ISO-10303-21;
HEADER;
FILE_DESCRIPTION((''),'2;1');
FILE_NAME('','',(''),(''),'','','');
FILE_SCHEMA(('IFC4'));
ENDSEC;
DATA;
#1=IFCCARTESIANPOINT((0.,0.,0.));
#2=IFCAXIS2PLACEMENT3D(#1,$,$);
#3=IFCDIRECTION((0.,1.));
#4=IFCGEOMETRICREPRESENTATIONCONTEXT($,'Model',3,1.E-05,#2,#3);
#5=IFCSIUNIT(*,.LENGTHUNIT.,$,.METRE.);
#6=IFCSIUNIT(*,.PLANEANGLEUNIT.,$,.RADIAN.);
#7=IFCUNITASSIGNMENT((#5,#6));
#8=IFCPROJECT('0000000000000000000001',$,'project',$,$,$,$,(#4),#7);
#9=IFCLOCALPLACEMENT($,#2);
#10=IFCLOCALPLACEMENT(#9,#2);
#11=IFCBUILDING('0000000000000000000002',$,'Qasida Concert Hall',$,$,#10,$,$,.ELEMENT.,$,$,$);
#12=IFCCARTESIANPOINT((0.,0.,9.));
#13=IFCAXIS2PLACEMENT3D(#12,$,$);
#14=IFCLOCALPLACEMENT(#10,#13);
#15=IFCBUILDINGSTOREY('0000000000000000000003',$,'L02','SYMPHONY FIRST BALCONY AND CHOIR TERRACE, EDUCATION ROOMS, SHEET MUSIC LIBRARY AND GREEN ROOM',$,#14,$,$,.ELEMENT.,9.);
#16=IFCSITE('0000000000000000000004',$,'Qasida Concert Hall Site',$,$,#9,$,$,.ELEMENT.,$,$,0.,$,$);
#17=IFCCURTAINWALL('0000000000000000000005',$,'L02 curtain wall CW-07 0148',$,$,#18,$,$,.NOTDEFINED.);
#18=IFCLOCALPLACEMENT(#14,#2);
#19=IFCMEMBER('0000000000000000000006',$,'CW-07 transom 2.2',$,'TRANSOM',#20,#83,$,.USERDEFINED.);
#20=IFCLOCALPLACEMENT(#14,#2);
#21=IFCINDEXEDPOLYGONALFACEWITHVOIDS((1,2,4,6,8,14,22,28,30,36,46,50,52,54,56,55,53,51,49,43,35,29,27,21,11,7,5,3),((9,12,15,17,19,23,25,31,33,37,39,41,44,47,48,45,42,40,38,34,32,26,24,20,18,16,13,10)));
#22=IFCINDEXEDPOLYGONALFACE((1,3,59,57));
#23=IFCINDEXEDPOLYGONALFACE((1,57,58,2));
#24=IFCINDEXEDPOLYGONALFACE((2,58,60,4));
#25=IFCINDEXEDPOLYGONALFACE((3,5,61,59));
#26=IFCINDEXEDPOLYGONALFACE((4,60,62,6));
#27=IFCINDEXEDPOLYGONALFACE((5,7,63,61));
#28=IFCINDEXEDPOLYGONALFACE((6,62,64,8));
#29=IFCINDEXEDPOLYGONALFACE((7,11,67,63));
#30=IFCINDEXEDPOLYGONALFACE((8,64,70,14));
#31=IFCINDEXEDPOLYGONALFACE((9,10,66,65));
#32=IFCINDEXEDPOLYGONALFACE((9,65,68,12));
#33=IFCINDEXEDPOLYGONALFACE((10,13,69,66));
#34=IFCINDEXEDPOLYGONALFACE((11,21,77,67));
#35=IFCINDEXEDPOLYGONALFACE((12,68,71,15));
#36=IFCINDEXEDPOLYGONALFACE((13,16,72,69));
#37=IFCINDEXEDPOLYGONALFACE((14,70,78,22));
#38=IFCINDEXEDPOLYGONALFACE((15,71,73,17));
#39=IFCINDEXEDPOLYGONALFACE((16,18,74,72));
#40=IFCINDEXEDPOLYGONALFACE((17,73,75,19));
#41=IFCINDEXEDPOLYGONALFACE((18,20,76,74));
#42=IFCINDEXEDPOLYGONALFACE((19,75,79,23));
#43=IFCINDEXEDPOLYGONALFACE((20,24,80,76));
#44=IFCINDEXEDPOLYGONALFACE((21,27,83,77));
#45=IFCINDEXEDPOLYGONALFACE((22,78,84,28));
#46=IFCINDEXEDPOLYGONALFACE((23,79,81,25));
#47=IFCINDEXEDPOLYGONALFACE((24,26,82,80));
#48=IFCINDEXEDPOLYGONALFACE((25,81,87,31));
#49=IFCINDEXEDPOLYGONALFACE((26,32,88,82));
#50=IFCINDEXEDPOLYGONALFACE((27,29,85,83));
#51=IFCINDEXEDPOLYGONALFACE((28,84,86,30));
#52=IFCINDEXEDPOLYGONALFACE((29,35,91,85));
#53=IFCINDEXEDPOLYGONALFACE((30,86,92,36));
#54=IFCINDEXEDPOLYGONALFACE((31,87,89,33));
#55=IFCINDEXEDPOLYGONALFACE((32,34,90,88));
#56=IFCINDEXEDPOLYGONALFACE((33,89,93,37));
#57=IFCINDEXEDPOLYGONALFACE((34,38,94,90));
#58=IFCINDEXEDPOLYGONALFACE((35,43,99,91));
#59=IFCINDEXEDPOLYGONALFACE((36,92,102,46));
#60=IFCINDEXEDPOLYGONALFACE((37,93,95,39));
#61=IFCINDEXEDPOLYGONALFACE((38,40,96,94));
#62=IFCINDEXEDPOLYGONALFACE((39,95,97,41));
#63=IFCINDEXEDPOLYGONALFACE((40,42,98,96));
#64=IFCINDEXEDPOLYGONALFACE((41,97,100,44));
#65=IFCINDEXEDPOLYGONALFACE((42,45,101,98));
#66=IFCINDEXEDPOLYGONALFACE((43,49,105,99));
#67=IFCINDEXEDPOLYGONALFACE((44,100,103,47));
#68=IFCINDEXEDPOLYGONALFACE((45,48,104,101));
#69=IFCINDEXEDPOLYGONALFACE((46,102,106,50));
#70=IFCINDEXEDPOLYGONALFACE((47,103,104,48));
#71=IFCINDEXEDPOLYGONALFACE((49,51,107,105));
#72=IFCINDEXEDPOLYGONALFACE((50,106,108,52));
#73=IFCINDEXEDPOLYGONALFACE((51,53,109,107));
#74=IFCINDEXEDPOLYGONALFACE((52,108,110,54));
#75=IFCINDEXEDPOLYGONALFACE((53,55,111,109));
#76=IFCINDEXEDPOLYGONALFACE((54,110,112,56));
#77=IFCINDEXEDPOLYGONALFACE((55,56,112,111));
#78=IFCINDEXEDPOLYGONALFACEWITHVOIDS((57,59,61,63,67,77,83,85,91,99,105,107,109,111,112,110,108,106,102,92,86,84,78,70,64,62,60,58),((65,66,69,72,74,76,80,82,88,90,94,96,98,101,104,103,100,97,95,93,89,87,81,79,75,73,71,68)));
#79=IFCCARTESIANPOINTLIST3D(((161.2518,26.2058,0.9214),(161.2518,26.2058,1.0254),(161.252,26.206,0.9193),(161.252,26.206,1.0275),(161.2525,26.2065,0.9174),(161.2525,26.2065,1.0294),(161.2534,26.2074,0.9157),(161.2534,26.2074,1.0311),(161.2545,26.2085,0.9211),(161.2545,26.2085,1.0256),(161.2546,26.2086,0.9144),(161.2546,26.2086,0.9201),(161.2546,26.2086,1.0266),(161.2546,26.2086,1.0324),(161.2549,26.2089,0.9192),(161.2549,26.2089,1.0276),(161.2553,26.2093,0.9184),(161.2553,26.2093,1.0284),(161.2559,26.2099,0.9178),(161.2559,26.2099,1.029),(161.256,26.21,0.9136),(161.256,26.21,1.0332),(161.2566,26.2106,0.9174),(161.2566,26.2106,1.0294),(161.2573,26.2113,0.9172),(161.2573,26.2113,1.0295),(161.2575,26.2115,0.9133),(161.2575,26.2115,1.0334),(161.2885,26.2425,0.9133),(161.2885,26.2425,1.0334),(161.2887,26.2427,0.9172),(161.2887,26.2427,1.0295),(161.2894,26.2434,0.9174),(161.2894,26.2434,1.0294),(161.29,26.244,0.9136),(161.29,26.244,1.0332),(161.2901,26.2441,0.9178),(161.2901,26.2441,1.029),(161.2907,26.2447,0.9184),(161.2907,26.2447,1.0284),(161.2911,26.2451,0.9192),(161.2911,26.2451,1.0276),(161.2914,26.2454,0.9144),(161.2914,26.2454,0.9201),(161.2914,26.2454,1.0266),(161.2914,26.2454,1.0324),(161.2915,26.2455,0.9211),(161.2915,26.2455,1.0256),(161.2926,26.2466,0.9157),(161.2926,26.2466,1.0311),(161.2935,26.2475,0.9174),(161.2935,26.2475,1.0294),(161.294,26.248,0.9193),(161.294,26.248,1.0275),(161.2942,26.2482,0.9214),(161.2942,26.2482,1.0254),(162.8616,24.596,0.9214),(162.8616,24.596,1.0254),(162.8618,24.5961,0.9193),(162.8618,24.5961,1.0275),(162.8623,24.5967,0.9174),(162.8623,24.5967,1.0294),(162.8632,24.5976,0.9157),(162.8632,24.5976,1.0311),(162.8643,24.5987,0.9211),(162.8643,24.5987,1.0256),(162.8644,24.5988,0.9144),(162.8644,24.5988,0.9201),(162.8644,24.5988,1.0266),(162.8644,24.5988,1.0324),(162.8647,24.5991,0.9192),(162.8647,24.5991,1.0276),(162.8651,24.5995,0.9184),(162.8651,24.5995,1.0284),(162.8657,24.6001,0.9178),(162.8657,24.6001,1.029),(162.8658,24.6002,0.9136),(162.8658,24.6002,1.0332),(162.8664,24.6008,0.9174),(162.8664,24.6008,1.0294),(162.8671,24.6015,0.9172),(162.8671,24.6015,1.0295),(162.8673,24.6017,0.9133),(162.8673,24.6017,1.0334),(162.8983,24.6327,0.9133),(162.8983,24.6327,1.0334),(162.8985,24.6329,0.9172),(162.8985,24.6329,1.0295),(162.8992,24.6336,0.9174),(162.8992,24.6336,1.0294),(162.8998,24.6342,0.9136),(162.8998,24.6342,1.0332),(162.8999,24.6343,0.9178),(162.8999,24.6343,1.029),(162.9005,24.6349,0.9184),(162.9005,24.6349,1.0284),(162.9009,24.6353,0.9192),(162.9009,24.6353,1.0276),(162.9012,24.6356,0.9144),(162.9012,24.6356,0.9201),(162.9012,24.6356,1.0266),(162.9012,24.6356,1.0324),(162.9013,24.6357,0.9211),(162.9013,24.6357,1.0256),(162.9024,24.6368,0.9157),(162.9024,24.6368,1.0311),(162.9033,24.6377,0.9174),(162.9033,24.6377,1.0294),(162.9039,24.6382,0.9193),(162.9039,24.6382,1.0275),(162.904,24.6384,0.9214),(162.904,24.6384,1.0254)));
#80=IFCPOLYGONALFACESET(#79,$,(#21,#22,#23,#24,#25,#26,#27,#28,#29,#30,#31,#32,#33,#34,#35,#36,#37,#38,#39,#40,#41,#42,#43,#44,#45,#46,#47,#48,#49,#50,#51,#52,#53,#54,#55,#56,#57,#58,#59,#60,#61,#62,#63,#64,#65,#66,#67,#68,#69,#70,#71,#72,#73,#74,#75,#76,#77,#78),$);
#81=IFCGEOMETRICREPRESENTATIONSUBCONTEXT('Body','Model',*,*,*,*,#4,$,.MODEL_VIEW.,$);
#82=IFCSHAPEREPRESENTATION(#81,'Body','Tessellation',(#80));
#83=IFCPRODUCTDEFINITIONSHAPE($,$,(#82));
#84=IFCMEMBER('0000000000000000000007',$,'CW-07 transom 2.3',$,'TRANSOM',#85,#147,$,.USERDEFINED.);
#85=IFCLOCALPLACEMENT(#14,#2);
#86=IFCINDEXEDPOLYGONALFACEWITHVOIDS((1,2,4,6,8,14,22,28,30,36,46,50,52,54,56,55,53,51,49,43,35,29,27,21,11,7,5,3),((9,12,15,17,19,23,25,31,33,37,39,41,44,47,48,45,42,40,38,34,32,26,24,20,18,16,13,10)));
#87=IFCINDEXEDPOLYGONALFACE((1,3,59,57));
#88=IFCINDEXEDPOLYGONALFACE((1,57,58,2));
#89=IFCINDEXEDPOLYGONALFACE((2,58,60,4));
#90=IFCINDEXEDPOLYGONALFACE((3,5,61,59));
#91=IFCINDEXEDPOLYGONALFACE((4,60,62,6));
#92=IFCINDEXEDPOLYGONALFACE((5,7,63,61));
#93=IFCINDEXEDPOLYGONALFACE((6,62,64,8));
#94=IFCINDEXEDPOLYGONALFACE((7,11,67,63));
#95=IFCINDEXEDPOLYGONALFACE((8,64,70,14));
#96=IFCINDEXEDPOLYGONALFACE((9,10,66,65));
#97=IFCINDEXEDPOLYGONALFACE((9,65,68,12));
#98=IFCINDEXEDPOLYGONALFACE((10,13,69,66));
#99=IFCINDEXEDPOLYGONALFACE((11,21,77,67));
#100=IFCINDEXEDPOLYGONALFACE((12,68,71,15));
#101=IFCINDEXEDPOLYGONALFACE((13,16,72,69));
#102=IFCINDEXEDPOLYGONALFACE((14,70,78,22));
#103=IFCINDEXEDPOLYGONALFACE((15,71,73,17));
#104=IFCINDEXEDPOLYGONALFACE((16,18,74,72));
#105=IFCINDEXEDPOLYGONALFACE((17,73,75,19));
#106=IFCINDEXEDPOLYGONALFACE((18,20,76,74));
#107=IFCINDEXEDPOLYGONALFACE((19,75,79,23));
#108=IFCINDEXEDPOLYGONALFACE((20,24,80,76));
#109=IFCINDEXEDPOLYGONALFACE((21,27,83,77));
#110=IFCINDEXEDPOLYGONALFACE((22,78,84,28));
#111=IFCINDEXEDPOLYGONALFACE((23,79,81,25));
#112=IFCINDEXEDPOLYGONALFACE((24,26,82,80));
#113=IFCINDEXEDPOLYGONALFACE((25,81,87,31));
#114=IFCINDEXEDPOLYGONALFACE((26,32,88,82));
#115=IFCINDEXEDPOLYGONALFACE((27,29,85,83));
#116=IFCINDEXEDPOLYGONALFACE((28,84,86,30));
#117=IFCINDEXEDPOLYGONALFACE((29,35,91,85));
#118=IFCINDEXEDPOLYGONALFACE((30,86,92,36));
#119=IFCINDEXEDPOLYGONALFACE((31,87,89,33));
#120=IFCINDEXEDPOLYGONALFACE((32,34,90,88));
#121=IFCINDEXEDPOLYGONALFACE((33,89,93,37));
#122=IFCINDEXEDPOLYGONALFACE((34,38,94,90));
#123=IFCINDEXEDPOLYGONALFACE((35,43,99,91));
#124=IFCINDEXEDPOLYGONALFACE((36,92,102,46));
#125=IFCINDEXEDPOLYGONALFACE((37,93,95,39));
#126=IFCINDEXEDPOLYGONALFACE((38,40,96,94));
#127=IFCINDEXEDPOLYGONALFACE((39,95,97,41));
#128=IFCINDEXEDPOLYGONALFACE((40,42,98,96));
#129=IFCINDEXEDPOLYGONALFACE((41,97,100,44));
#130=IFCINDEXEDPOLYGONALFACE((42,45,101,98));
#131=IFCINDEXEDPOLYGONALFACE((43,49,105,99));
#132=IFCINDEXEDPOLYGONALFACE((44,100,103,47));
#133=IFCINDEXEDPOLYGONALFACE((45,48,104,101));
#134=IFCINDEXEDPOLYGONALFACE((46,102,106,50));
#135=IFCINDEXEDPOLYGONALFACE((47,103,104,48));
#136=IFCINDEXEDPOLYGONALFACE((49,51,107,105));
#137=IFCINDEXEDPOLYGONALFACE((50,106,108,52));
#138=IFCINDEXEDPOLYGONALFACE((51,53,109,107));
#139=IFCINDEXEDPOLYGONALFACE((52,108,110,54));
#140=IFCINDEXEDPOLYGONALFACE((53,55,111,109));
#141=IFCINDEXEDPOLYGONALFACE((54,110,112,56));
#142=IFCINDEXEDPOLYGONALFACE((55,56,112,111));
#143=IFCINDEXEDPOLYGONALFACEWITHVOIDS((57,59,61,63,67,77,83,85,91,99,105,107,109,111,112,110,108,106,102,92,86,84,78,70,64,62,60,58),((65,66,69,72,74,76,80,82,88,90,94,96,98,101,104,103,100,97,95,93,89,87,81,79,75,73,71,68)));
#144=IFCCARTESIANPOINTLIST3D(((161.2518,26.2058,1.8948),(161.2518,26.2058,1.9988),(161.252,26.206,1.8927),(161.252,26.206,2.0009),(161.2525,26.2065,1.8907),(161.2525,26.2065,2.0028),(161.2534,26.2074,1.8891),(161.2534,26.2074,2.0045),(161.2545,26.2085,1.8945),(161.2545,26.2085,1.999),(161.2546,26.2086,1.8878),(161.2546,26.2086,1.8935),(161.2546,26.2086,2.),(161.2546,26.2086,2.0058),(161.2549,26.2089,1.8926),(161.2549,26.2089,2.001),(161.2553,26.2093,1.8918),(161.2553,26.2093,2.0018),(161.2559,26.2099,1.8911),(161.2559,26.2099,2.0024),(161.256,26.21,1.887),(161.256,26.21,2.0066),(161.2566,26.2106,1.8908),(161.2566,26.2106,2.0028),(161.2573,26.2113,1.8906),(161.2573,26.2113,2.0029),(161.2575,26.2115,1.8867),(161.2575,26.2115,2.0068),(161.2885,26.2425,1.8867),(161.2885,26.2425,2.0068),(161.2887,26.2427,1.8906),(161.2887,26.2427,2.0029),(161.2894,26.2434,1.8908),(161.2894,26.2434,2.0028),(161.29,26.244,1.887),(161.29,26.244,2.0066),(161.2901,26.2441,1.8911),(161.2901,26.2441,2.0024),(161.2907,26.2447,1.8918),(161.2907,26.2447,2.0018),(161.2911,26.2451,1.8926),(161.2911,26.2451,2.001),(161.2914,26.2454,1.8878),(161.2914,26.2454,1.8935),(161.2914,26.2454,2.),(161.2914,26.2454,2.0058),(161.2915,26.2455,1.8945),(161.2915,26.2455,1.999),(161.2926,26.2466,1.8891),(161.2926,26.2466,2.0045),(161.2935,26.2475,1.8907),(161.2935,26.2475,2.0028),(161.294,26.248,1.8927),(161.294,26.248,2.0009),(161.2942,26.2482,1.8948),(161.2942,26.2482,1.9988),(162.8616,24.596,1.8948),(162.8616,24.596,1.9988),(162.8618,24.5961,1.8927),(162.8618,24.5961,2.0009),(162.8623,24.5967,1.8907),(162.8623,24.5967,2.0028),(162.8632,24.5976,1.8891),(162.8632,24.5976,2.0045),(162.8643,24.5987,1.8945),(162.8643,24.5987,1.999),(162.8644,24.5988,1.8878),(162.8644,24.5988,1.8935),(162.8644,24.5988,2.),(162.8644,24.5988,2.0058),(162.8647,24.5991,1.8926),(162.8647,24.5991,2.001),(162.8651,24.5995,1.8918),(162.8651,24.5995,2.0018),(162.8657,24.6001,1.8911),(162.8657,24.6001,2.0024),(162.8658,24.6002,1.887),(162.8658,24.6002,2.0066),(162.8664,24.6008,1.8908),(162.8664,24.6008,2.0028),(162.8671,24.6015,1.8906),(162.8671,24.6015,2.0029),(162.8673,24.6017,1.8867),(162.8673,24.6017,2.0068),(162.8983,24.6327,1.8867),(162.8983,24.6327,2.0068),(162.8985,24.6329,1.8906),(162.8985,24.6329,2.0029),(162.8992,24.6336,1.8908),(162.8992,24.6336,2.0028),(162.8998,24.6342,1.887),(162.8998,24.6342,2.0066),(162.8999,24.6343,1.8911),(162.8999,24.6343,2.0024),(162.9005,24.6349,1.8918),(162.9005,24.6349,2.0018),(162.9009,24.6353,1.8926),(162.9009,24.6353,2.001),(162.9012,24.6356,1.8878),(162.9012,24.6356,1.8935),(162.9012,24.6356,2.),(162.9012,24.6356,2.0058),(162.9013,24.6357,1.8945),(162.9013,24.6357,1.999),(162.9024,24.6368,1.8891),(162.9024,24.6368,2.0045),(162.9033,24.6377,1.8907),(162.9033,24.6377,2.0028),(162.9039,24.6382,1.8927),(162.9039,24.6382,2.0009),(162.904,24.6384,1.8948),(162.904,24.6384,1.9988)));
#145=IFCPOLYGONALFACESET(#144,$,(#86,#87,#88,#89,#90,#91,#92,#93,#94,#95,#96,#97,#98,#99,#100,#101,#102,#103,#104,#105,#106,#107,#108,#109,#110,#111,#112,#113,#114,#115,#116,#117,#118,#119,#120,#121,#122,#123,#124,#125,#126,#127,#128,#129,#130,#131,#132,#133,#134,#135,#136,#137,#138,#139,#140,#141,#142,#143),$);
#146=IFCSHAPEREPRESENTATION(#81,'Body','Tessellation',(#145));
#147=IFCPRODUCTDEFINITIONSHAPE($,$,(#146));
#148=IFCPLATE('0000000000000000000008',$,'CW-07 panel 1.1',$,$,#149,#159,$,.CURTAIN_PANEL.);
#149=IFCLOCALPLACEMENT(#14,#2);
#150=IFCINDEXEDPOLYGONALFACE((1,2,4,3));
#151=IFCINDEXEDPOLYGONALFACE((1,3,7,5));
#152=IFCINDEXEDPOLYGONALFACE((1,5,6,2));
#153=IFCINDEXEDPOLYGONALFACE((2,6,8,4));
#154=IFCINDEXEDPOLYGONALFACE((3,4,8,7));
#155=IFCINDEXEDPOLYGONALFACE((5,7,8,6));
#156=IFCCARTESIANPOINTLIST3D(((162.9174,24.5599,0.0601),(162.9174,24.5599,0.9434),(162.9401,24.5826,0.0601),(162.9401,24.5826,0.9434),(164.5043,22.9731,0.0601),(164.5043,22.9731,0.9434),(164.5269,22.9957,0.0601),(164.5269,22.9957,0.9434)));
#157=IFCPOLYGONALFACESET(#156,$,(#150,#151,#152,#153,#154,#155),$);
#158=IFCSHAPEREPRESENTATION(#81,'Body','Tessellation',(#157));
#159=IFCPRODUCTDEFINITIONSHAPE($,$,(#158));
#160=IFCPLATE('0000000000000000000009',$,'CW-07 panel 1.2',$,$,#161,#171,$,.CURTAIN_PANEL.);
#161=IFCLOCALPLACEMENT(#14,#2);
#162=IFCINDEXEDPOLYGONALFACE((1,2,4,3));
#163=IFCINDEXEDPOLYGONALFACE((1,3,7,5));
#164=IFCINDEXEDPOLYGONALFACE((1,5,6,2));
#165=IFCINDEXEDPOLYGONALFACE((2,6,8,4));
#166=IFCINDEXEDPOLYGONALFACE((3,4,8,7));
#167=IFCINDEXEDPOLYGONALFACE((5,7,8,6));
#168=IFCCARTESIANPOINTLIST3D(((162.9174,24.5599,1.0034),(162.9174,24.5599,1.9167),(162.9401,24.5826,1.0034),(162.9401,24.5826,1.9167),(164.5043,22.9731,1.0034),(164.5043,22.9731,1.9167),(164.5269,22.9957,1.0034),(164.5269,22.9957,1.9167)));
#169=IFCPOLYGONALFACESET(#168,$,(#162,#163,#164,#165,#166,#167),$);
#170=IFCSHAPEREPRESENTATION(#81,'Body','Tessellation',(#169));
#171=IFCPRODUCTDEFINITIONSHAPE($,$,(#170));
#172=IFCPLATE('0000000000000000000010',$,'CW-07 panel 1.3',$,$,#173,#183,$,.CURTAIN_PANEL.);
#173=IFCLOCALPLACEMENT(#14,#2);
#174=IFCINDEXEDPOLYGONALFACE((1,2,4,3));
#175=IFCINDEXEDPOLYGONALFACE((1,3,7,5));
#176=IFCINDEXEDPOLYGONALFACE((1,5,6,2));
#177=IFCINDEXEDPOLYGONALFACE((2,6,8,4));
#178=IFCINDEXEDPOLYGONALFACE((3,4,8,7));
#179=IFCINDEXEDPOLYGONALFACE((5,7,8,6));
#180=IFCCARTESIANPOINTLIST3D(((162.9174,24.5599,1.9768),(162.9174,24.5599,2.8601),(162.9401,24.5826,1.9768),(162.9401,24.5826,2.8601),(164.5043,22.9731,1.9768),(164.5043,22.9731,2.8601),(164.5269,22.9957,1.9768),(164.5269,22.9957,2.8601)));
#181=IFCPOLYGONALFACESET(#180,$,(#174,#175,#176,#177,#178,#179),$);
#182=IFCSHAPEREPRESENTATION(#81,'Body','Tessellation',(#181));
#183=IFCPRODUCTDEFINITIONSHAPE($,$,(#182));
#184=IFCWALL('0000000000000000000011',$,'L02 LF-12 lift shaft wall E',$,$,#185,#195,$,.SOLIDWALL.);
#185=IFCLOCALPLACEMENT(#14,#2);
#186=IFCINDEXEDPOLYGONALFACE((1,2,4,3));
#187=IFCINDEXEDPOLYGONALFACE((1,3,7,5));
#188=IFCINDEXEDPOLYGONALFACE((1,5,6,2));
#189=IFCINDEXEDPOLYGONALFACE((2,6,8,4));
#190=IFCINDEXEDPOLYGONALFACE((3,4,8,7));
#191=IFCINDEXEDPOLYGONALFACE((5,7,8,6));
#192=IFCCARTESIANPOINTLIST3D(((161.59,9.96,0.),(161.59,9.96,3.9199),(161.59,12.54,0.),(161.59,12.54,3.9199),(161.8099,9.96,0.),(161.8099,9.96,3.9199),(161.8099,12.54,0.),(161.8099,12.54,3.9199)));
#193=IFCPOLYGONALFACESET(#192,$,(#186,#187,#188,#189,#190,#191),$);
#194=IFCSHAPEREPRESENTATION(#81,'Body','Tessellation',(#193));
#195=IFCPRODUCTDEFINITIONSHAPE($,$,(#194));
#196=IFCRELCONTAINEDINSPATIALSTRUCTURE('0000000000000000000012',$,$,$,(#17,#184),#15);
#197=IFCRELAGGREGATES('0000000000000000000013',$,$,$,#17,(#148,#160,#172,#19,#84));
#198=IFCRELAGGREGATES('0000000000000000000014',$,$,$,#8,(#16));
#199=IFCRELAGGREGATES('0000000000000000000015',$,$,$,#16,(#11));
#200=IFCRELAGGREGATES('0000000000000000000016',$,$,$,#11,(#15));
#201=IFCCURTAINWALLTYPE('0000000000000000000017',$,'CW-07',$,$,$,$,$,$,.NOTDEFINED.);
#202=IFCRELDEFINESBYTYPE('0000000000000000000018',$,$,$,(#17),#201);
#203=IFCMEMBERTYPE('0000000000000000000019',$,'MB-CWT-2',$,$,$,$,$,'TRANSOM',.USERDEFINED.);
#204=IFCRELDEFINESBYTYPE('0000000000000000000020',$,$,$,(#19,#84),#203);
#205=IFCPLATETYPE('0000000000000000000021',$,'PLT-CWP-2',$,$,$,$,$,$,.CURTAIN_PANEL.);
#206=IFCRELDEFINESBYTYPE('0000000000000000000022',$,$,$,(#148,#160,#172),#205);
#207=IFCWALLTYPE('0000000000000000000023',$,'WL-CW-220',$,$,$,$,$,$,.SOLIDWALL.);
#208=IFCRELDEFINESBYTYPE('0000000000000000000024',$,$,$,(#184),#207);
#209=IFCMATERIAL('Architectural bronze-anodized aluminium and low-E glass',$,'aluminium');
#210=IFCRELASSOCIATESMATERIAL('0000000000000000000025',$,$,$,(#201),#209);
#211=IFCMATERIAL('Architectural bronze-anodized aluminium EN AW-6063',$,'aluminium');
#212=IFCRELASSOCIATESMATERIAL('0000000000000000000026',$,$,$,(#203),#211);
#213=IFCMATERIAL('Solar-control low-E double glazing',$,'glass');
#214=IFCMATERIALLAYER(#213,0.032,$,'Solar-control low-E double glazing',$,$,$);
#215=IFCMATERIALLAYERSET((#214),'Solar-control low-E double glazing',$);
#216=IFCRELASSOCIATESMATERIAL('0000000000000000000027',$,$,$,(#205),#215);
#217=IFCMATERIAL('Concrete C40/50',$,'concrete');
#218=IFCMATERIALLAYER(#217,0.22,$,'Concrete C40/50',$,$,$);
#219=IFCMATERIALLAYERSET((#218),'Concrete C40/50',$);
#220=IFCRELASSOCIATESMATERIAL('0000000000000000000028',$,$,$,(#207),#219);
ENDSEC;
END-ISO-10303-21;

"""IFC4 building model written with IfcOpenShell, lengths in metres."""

from ifc_helpers import new_model, si_unit, direction, frame, frame_2d, origin, origin_2d, place, context, subcontext, project, spatial, rectangle, hollow_rectangle, extrude, material, layer, layer_set, material_profile, profile_set, type_object, element, aggregate, save


model = new_model("IFC4")

# Units and contexts
model_context = context("Model", 3, precision=1e-05, world=origin(), true_north=direction((0.0, 1.0)))
body_context = subcontext(model_context, "Body", "Model", "MODEL_VIEW")
ifc_project = project(units=[si_unit("LENGTHUNIT", "METRE"), si_unit("PLANEANGLEUNIT", "RADIAN")], contexts=[model_context])

# Site, building, storey
site_placement = place(None, origin())
site = spatial("IfcSite", under=ifc_project, at=site_placement, Name="Qasida Concert Hall Site", CompositionType="ELEMENT", RefElevation=0.0)
building_placement = place(site_placement, origin())
building = spatial("IfcBuilding", under=site, at=building_placement, Name="Qasida Concert Hall", CompositionType="ELEMENT")
storey_placement = place(building_placement, frame((0.0, 0.0, 9.0)))
storey = spatial("IfcBuildingStorey", under=building, at=storey_placement, Name="L02", Description="SYMPHONY FIRST BALCONY AND CHOIR TERRACE, EDUCATION ROOMS, SHEET MUSIC LIBRARY AND GREEN ROOM", CompositionType="ELEMENT", Elevation=9.0)

# Shared definitions
ifc_material_1 = material(Name="Concrete C40/50", Category="concrete")

# Curtain wall, members, plates
ifc_material_2 = material(Name="Architectural bronze-anodized aluminium and low-E glass", Category="aluminium")
curtain_wall_type = type_object("IfcCurtainWallType", Name="CW-07", PredefinedType="NOTDEFINED", material=ifc_material_2)
curtain_wall_placement = place(storey_placement, origin())
curtain_wall = element("IfcCurtainWall", 1, at=curtain_wall_placement, inside=storey, type_object=curtain_wall_type, Name="L02 curtain wall CW-07 0148", PredefinedType="NOTDEFINED")
ifc_material_3 = material(Name="Architectural bronze-anodized aluminium EN AW-6063", Category="aluminium")
ifc_material_profile_1 = material_profile(ifc_material_3, hollow_rectangle(XDim=0.0601, YDim=0.1201, WallThickness=0.0039, InnerFilletRadius=0.0039, OuterFilletRadius=0.0081, at=origin_2d()), Name="CWT 120x60x4")
ifc_profile_set_1 = profile_set([ifc_material_profile_1], Name="Architectural bronze-anodized aluminium EN AW-6063")
member_type_1 = type_object("IfcMemberType", Name="MB-CWT-2", ElementType="TRANSOM", PredefinedType="USERDEFINED", material=ifc_profile_set_1)
member_1_placement = place(storey_placement, frame((162.8828, 24.6172, 0.9734), z_axis=(-0.707107, 0.707107, 0.0), x_axis=(-0.707107, -0.707107, 0.0)))
member_1 = element("IfcMember", 2, at=member_1_placement, type_object=member_type_1, Name="CW-07 transom 2.2", ObjectType="TRANSOM", PredefinedType="USERDEFINED", context=body_context, shape_type="SweptSolid", body=[
    extrude(hollow_rectangle(XDim=0.0601, YDim=0.1201, WallThickness=0.0039, InnerFilletRadius=0.0039, OuterFilletRadius=0.0081, at=origin_2d()), origin(), (0.0, 0.0, 1.0), 2.2766),
])
member_2_placement = place(storey_placement, frame((162.8828, 24.6172, 1.9468), z_axis=(-0.707107, 0.707107, 0.0), x_axis=(-0.707107, -0.707107, 0.0)))
member_2 = element("IfcMember", 3, at=member_2_placement, type_object=member_type_1, Name="CW-07 transom 2.3", ObjectType="TRANSOM", PredefinedType="USERDEFINED", context=body_context, shape_type="SweptSolid", body=[
    extrude(hollow_rectangle(XDim=0.0601, YDim=0.1201, WallThickness=0.0039, InnerFilletRadius=0.0039, OuterFilletRadius=0.0081, at=origin_2d()), origin(), (0.0, 0.0, 1.0), 2.2766),
])
ifc_material_4 = material(Name="Solar-control low-E double glazing", Category="glass")
ifc_layer_1 = layer(ifc_material_4, 0.032, Name="Solar-control low-E double glazing")
ifc_layer_set_1 = layer_set([ifc_layer_1], Name="Solar-control low-E double glazing")
plate_type = type_object("IfcPlateType", Name="PLT-CWP-2", PredefinedType="CURTAIN_PANEL", material=ifc_layer_set_1)
plate_1_placement = place(storey_placement, frame((163.7222, 23.7778, 0.0601), z_axis=(0.0, 0.0, 1.0), x_axis=(-0.707107, 0.707107, 0.0)))
plate_1 = element("IfcPlate", 4, at=plate_1_placement, type_object=plate_type, Name="CW-07 panel 1.1", PredefinedType="CURTAIN_PANEL", context=body_context, shape_type="SweptSolid", body=[
    extrude(rectangle(XDim=2.2441, YDim=0.032, at=origin_2d()), origin(), (0.0, 0.0, 1.0), 0.8833),
])
plate_2_placement = place(storey_placement, frame((163.7222, 23.7778, 1.0034), z_axis=(0.0, 0.0, 1.0), x_axis=(-0.707107, 0.707107, 0.0)))
plate_2 = element("IfcPlate", 5, at=plate_2_placement, type_object=plate_type, Name="CW-07 panel 1.2", PredefinedType="CURTAIN_PANEL", context=body_context, shape_type="SweptSolid", body=[
    extrude(rectangle(XDim=2.2441, YDim=0.032, at=origin_2d()), origin(), (0.0, 0.0, 1.0), 0.9133),
])
plate_3_placement = place(storey_placement, frame((163.7222, 23.7778, 1.9768), z_axis=(0.0, 0.0, 1.0), x_axis=(-0.707107, 0.707107, 0.0)))
plate_3 = element("IfcPlate", 6, at=plate_3_placement, type_object=plate_type, Name="CW-07 panel 1.3", PredefinedType="CURTAIN_PANEL", context=body_context, shape_type="SweptSolid", body=[
    extrude(rectangle(XDim=2.2441, YDim=0.032, at=origin_2d()), origin(), (0.0, 0.0, 1.0), 0.8833),
])
aggregate(curtain_wall, [plate_1, plate_2, plate_3, member_1, member_2])

# Wall
ifc_layer_2 = layer(ifc_material_1, 0.22, Name="Concrete C40/50")
ifc_layer_set_2 = layer_set([ifc_layer_2], Name="Concrete C40/50")
wall_type_1 = type_object("IfcWallType", Name="WL-CW-220", PredefinedType="SOLIDWALL", material=ifc_layer_set_2)
wall_1_placement = place(storey_placement, frame((161.7, 9.96, 0.0), z_axis=(0.0, 0.0, 1.0), x_axis=(0.0, 1.0, 0.0)))
element("IfcWall", 7, at=wall_1_placement, inside=storey, type_object=wall_type_1, Name="L02 LF-12 lift shaft wall E", PredefinedType="SOLIDWALL", context=body_context, shape_type="SweptSolid", body=[
    extrude(rectangle(XDim=2.5801, YDim=0.22, at=frame_2d((1.29, 0.0))), origin(), (0.0, 0.0, 1.0), 3.9199),
])

save(model, "model.ifc")
